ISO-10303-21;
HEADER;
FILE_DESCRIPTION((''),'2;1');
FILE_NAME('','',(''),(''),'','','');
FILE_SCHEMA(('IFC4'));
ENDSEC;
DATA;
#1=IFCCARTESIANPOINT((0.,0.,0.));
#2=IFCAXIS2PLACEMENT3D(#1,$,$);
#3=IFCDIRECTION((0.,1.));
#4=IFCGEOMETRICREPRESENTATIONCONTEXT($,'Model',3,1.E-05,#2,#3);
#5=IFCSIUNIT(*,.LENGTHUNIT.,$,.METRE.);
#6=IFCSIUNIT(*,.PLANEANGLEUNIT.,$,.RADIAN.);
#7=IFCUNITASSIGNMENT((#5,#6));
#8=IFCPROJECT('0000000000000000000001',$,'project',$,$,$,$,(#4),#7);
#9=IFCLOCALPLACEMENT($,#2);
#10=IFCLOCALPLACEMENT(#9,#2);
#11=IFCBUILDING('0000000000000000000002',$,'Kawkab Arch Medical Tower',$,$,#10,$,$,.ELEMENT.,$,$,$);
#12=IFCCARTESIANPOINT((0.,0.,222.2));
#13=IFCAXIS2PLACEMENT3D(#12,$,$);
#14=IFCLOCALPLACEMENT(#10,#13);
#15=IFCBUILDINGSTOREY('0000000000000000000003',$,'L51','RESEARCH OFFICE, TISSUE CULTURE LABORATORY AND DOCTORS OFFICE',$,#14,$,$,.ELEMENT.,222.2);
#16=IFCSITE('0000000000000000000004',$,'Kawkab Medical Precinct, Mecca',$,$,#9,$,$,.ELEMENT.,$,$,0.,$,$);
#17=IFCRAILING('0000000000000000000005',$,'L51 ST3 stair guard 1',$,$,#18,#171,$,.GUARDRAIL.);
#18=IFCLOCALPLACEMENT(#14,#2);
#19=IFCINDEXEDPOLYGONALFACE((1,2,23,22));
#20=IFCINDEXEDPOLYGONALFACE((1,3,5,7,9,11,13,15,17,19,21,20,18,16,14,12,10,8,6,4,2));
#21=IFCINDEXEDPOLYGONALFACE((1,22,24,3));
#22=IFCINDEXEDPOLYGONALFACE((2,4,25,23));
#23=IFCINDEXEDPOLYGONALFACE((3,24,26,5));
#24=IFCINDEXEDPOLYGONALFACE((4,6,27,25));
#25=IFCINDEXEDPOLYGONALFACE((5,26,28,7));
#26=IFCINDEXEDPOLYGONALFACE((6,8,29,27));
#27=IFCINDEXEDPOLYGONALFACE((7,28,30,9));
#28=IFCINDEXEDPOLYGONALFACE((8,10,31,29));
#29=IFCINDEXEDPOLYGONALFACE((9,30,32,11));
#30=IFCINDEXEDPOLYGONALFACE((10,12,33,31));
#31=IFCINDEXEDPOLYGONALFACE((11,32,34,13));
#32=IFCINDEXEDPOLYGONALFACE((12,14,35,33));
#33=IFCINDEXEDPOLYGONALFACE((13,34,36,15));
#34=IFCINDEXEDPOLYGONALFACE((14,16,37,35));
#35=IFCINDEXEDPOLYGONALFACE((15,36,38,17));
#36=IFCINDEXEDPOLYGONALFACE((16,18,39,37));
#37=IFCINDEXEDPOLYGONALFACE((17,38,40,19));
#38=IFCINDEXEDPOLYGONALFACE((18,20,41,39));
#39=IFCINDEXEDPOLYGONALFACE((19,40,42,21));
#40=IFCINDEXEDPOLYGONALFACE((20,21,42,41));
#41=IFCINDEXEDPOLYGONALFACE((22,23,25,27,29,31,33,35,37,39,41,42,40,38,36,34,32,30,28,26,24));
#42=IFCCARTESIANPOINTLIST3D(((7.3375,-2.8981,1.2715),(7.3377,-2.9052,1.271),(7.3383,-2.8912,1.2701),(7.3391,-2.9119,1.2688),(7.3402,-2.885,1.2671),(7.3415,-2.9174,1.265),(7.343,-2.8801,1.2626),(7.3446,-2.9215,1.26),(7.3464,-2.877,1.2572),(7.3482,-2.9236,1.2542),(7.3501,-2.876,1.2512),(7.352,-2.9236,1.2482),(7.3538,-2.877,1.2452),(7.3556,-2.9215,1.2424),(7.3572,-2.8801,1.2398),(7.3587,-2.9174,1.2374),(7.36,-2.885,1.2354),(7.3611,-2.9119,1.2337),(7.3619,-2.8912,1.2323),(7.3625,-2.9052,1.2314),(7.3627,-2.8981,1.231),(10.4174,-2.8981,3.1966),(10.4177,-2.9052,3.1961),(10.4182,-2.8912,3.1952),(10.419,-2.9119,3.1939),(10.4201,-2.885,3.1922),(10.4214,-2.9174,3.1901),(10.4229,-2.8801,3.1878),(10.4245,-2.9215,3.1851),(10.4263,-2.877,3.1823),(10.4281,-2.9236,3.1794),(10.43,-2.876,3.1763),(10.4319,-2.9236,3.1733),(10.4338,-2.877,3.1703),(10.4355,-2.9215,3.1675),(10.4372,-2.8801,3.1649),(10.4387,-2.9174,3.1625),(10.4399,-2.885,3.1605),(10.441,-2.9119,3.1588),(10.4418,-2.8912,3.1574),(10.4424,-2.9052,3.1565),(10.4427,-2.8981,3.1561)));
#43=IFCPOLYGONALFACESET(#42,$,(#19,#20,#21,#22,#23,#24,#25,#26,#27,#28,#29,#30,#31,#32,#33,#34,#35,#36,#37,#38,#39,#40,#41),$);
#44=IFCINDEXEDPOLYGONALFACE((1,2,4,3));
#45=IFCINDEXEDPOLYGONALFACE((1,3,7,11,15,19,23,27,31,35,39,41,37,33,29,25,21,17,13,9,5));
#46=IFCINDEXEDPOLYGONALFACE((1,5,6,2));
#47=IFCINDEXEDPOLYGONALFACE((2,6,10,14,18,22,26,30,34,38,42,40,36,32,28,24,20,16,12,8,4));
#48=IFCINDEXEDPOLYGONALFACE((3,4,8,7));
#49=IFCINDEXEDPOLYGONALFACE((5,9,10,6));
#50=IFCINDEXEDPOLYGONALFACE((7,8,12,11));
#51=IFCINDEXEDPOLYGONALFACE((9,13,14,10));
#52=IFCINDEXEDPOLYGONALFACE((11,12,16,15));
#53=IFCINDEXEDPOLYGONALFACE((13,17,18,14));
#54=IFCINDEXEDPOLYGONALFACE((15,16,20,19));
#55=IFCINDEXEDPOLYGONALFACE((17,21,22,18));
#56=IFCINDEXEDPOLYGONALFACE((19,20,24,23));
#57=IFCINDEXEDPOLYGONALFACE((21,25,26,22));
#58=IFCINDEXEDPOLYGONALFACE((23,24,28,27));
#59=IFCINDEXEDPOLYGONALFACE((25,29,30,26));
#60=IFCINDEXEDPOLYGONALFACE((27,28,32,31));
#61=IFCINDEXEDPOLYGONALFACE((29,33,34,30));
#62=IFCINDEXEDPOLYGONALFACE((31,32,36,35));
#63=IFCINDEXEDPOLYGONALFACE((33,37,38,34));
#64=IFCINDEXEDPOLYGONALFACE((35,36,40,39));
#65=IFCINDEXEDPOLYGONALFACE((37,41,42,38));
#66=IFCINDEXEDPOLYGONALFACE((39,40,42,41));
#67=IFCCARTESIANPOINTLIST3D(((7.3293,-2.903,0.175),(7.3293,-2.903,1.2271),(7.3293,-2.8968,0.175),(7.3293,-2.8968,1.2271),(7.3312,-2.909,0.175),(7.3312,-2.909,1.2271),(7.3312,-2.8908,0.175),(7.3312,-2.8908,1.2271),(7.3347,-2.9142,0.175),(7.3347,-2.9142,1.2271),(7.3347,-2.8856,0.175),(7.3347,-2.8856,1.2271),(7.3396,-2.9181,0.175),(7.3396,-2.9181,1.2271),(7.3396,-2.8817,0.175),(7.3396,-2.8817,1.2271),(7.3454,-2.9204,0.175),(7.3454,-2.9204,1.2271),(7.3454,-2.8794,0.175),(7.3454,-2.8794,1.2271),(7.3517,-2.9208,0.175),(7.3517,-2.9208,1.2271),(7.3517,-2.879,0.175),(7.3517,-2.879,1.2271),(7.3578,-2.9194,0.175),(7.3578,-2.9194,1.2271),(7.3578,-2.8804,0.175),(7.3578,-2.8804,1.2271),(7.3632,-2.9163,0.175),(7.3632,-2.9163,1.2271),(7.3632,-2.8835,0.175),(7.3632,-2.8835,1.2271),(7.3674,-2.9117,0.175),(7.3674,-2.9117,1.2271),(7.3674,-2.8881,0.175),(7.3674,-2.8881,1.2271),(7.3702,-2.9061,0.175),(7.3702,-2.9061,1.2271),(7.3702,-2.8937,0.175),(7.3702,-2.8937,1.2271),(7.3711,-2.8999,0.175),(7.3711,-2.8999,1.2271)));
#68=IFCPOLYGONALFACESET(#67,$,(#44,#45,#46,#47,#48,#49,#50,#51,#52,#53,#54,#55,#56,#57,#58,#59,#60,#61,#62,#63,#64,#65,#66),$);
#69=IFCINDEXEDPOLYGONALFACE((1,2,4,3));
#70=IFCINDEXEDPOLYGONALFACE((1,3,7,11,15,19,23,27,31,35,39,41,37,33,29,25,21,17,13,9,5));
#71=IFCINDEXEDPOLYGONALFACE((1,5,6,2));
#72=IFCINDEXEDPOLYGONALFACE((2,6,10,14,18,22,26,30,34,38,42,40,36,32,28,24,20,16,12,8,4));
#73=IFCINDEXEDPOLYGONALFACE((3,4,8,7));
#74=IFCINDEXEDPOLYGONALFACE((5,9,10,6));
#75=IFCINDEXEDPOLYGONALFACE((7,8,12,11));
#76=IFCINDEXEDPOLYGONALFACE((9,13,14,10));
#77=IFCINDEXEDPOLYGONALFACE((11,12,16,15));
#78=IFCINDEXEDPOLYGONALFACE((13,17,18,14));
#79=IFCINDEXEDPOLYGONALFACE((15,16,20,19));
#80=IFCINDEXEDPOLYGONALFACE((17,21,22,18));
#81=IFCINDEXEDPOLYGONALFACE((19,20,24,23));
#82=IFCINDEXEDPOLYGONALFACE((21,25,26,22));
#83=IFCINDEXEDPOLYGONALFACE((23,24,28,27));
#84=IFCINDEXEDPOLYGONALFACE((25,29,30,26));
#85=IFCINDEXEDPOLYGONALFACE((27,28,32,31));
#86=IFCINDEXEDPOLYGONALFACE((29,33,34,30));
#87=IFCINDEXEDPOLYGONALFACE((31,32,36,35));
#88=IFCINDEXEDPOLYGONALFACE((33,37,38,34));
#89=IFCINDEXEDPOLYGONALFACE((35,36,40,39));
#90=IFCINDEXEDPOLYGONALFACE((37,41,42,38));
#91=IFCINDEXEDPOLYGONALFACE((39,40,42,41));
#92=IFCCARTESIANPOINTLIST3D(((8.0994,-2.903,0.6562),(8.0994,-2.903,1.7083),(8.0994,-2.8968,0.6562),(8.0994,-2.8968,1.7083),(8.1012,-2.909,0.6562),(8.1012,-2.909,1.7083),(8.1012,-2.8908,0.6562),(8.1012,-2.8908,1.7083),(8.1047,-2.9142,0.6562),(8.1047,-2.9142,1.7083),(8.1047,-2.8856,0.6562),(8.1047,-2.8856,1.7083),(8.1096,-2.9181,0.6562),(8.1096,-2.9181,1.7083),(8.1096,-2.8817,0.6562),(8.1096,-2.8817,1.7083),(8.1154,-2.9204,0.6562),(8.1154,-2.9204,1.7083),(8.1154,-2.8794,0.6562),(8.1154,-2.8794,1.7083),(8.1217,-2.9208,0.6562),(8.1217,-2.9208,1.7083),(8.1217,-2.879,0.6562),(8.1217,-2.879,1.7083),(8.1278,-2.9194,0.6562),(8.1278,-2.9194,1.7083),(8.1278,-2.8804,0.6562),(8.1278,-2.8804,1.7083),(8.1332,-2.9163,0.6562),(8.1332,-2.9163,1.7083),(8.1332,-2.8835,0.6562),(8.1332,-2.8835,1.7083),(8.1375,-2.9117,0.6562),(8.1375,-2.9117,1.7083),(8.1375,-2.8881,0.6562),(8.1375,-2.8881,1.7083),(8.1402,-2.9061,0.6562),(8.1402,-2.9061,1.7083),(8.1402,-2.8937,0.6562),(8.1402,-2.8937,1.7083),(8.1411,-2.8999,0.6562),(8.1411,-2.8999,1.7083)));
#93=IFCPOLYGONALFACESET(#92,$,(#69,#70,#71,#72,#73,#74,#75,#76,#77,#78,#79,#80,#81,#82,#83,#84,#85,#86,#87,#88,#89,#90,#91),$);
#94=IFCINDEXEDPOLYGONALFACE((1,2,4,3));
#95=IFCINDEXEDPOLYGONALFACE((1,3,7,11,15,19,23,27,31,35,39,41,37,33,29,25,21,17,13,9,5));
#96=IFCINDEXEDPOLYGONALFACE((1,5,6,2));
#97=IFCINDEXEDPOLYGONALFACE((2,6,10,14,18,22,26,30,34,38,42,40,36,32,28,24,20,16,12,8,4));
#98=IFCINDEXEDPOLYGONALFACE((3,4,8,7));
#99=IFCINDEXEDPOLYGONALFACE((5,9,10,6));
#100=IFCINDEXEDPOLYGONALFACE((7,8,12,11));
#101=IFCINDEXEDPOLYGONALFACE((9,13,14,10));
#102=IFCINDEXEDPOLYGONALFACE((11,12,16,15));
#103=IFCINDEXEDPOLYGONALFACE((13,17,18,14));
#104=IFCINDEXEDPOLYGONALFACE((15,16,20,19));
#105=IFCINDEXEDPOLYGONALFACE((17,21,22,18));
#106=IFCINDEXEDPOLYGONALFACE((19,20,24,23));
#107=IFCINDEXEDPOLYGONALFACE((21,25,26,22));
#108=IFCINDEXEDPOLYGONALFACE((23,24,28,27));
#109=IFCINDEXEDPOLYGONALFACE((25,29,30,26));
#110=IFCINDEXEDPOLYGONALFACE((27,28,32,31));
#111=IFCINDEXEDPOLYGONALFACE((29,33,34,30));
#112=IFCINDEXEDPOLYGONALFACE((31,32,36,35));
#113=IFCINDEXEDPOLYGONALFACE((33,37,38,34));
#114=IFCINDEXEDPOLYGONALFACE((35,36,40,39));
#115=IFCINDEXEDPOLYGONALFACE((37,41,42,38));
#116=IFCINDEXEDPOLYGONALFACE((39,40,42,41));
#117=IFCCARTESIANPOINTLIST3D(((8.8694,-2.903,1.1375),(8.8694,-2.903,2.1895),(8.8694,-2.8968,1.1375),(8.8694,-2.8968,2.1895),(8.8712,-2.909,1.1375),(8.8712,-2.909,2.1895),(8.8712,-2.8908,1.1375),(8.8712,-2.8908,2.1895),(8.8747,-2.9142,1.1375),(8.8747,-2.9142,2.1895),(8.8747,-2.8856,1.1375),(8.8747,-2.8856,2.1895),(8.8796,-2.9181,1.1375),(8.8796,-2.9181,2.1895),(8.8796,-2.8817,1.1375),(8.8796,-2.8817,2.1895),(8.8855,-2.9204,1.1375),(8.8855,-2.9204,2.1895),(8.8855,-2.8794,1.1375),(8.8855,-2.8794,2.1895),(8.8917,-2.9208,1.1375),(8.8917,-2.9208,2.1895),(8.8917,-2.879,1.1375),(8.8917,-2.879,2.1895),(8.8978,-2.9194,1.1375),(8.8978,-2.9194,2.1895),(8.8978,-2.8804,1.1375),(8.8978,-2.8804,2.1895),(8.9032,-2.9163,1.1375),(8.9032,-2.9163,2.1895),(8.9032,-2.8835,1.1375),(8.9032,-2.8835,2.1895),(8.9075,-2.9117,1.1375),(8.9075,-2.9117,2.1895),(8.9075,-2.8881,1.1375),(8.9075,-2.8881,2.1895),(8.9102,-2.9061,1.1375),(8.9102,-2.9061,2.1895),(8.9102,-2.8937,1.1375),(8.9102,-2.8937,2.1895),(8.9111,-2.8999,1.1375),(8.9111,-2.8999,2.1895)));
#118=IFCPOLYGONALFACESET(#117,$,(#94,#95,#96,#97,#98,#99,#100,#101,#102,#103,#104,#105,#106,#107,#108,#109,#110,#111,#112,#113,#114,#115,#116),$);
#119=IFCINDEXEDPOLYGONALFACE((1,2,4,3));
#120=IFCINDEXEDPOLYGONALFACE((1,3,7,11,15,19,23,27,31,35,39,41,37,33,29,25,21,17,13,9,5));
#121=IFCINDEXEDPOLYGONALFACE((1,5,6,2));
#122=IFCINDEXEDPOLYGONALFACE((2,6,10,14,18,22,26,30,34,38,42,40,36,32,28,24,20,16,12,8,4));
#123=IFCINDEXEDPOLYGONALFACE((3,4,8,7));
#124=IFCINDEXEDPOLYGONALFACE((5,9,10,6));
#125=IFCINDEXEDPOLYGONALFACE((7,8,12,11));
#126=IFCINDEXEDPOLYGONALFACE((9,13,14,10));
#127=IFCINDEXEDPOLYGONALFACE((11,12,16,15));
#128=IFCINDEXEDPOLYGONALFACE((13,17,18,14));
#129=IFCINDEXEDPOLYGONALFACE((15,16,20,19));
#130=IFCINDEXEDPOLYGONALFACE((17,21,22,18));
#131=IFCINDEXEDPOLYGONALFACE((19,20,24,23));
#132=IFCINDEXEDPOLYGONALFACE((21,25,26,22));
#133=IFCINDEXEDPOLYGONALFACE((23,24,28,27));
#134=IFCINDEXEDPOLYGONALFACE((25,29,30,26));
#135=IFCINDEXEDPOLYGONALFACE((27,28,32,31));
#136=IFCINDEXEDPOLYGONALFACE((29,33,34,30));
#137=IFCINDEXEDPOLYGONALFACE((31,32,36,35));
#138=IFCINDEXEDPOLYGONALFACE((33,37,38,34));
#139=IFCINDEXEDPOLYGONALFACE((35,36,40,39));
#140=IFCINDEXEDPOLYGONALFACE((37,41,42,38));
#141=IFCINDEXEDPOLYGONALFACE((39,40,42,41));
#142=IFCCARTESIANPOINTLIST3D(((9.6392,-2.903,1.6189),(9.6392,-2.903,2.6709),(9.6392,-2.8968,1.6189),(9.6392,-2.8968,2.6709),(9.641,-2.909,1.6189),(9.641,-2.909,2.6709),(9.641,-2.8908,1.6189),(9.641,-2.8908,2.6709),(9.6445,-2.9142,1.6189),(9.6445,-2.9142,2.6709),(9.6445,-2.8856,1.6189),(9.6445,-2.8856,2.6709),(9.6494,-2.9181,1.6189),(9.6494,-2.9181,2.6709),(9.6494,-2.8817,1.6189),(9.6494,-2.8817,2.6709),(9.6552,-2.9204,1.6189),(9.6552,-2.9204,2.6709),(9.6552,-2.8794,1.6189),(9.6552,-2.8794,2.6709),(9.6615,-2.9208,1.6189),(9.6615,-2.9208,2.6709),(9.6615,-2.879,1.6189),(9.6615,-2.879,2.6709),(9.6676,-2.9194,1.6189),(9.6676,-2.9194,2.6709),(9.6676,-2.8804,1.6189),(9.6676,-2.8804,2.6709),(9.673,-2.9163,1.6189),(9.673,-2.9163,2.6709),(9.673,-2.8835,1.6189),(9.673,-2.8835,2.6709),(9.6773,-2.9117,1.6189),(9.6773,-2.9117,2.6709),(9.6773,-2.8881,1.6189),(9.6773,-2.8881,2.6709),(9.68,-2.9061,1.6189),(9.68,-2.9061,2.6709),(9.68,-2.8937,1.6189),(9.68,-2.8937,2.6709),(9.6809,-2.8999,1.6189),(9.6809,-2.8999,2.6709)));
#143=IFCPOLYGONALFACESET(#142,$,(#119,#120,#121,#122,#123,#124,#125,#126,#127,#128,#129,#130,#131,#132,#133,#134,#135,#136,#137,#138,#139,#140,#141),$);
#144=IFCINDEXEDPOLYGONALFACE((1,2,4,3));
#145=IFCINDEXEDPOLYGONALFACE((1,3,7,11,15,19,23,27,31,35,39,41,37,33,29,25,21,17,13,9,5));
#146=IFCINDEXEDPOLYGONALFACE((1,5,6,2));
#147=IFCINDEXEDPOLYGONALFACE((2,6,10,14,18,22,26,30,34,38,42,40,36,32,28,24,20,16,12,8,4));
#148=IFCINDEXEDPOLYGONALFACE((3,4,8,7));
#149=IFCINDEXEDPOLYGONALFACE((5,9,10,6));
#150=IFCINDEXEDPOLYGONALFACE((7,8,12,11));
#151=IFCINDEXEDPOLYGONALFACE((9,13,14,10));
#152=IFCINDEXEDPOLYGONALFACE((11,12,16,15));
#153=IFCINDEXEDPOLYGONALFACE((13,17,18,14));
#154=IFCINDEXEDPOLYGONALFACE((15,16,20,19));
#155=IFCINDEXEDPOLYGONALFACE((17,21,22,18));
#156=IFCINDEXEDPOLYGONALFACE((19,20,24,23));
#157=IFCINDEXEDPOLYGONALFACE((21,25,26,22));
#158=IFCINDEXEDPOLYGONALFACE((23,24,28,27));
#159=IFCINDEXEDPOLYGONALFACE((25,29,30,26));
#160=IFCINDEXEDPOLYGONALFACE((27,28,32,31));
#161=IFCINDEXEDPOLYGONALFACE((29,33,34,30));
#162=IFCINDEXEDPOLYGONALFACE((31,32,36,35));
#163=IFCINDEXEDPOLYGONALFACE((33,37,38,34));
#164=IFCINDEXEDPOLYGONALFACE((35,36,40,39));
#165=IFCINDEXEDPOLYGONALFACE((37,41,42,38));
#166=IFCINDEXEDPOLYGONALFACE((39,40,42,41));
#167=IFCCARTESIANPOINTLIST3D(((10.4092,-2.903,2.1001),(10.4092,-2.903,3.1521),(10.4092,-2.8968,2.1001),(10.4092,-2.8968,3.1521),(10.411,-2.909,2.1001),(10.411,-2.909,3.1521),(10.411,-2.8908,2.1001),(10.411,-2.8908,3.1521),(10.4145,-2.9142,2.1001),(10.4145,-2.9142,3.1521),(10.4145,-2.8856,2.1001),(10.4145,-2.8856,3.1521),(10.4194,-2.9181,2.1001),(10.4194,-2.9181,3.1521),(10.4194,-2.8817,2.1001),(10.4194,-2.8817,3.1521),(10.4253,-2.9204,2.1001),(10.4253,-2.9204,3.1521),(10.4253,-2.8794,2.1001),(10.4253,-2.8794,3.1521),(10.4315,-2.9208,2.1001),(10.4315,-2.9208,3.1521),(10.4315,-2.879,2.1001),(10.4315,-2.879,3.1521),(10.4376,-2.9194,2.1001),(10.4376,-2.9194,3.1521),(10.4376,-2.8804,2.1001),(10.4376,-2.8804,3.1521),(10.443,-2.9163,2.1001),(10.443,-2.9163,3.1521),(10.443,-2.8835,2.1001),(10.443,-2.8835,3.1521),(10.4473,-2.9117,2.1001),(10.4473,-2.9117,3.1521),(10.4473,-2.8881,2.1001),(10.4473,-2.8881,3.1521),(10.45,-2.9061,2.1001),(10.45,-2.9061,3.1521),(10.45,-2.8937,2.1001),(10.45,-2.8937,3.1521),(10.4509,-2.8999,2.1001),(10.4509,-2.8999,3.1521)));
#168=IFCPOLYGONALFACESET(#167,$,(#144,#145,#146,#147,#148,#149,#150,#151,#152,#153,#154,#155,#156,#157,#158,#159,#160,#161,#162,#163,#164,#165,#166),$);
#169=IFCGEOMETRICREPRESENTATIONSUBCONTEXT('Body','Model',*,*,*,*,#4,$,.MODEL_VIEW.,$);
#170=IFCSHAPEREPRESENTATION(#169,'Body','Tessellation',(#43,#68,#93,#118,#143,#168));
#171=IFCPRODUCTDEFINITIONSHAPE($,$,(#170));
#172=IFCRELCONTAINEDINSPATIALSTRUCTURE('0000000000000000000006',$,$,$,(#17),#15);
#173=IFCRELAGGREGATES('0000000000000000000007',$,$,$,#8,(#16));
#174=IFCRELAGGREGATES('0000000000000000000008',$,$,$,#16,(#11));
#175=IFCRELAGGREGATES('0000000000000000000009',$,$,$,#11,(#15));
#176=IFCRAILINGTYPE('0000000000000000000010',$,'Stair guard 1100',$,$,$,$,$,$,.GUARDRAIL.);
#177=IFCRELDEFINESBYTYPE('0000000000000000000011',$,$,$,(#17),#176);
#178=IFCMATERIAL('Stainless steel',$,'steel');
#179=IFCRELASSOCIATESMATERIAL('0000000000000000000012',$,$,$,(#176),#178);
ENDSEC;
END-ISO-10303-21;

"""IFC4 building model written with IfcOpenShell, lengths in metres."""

from ifc_helpers import new_model, si_unit, direction, frame, origin, origin_2d, place, context, subcontext, project, spatial, circle, extrude, material, type_object, element, save


model = new_model("IFC4")

# Units and contexts
model_context = context("Model", 3, precision=1e-05, world=origin(), true_north=direction((0.0, 1.0)))
body_context = subcontext(model_context, "Body", "Model", "MODEL_VIEW")
ifc_project = project(units=[si_unit("LENGTHUNIT", "METRE"), si_unit("PLANEANGLEUNIT", "RADIAN")], contexts=[model_context])

# Site, building, storey
site_placement = place(None, origin())
site = spatial("IfcSite", under=ifc_project, at=site_placement, Name="Kawkab Medical Precinct, Mecca", CompositionType="ELEMENT", RefElevation=0.0)
building_placement = place(site_placement, origin())
building = spatial("IfcBuilding", under=site, at=building_placement, Name="Kawkab Arch Medical Tower", CompositionType="ELEMENT")
storey_placement = place(building_placement, frame((0.0, 0.0, 222.2)))
storey = spatial("IfcBuildingStorey", under=building, at=storey_placement, Name="L51", Description="RESEARCH OFFICE, TISSUE CULTURE LABORATORY AND DOCTORS OFFICE", CompositionType="ELEMENT", Elevation=222.2)

# Railing
ifc_material_1 = material(Name="Stainless steel", Category="steel")
railing_type_1 = type_object("IfcRailingType", Name="Stair guard 1100", PredefinedType="GUARDRAIL", material=ifc_material_1)
railing_1_placement = place(storey_placement, frame((7.3501, -2.8999, 0.175)))
element("IfcRailing", 1, at=railing_1_placement, inside=storey, type_object=railing_type_1, Name="L51 ST3 stair guard 1", PredefinedType="GUARDRAIL", context=body_context, shape_type="SweptSolid", body=[
    extrude(circle(Radius=0.0239, at=origin_2d()), frame((0.0, 0.0, 1.0762), z_axis=(0.847979, 0.0, 0.530029), x_axis=(0.0, 1.0, 0.0)), (0.0, 0.0, 1.0), 3.6321),
    extrude(circle(Radius=0.021, at=origin_2d()), origin(), (0.0, 0.0, 1.0), 1.052),
    extrude(circle(Radius=0.021, at=origin_2d()), frame((0.77, 0.0, 0.4812)), (0.0, 0.0, 1.0), 1.052),
    extrude(circle(Radius=0.021, at=origin_2d()), frame((1.54, 0.0, 0.9624)), (0.0, 0.0, 1.0), 1.052),
    extrude(circle(Radius=0.021, at=origin_2d()), frame((2.3098, 0.0, 1.4438)), (0.0, 0.0, 1.0), 1.052),
    extrude(circle(Radius=0.021, at=origin_2d()), frame((3.0798, 0.0, 1.925)), (0.0, 0.0, 1.0), 1.052),
])

save(model, "model.ifc")
